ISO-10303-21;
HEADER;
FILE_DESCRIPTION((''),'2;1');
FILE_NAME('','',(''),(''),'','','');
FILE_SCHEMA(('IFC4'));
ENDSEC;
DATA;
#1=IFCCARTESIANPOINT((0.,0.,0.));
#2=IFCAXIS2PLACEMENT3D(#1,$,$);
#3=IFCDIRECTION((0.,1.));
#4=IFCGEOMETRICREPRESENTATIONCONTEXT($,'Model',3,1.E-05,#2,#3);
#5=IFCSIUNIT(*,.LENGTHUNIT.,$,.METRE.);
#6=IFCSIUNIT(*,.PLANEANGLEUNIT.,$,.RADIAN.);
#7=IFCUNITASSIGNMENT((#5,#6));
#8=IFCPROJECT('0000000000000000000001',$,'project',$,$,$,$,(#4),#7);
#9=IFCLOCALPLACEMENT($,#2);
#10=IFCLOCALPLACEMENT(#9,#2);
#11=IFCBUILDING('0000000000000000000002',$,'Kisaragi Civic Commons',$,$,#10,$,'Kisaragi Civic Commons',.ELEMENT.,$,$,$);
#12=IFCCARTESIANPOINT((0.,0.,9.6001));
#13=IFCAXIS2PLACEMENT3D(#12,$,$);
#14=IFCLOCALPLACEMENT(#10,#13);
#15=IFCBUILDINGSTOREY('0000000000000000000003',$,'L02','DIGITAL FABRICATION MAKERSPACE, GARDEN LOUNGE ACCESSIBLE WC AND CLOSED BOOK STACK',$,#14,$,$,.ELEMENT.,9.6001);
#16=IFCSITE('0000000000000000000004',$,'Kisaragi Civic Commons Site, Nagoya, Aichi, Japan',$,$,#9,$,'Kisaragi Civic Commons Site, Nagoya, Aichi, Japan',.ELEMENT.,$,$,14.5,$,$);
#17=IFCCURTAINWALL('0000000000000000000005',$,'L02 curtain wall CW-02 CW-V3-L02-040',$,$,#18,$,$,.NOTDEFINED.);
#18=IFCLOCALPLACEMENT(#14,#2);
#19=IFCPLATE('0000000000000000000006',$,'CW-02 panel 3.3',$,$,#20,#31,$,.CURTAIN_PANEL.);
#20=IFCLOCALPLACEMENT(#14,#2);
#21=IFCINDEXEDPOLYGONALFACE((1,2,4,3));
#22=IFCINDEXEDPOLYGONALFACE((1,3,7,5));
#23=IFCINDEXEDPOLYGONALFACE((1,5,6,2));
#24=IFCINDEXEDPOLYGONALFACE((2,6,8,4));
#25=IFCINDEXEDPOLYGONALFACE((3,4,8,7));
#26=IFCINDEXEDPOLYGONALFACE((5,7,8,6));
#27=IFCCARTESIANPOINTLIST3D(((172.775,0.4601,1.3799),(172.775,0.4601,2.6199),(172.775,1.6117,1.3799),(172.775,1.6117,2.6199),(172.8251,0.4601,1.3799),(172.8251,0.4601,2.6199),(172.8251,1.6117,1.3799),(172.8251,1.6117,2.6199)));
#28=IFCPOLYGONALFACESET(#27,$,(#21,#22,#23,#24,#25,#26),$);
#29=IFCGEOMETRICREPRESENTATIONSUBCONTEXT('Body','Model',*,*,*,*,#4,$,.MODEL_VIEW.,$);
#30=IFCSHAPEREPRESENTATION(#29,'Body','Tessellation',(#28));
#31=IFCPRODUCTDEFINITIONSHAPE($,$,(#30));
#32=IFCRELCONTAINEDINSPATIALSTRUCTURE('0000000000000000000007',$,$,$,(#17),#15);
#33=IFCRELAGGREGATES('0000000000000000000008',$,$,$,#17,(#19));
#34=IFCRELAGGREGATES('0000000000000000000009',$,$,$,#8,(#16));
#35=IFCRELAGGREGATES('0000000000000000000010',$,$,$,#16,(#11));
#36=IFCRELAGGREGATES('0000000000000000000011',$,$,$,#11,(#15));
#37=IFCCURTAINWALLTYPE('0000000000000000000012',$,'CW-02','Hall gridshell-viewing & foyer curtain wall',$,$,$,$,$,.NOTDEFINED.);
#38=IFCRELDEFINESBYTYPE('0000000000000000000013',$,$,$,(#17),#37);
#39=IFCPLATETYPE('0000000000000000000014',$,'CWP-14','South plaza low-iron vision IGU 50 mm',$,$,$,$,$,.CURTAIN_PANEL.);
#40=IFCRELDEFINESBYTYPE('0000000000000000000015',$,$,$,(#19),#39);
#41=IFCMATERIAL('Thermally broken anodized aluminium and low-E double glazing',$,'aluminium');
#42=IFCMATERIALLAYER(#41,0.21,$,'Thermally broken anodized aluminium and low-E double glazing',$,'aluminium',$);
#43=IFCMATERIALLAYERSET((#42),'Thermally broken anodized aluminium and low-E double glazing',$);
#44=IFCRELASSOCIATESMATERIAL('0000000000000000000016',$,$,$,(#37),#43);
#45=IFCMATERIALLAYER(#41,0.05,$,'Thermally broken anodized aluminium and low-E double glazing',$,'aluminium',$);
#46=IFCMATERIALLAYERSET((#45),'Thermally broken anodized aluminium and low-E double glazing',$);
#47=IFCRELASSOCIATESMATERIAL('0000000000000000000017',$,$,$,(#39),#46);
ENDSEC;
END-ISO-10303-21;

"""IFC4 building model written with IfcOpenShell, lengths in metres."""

from ifc_helpers import new_model, si_unit, direction, frame, origin, origin_2d, place, context, subcontext, project, spatial, rectangle, extrude, material, layer, layer_set, type_object, element, aggregate, save


model = new_model("IFC4")

# Units and contexts
model_context = context("Model", 3, precision=1e-05, world=origin(), true_north=direction((0.0, 1.0)))
body_context = subcontext(model_context, "Body", "Model", "MODEL_VIEW")
ifc_project = project(units=[si_unit("LENGTHUNIT", "METRE"), si_unit("PLANEANGLEUNIT", "RADIAN")], contexts=[model_context])

# Site, building, storey
site_placement = place(None, origin())
site = spatial("IfcSite", under=ifc_project, at=site_placement, Name="Kisaragi Civic Commons Site, Nagoya, Aichi, Japan", LongName="Kisaragi Civic Commons Site, Nagoya, Aichi, Japan", CompositionType="ELEMENT", RefElevation=14.5)
building_placement = place(site_placement, origin())
building = spatial("IfcBuilding", under=site, at=building_placement, Name="Kisaragi Civic Commons", LongName="Kisaragi Civic Commons", CompositionType="ELEMENT")
storey_placement = place(building_placement, frame((0.0, 0.0, 9.6001)))
storey = spatial("IfcBuildingStorey", under=building, at=storey_placement, Name="L02", Description="DIGITAL FABRICATION MAKERSPACE, GARDEN LOUNGE ACCESSIBLE WC AND CLOSED BOOK STACK", CompositionType="ELEMENT", Elevation=9.6001)

# Shared definitions
ifc_material_1 = material(Name="Thermally broken anodized aluminium and low-E double glazing", Category="aluminium")
ifc_layer_1 = layer(ifc_material_1, 0.21, Name="Thermally broken anodized aluminium and low-E double glazing", Category="aluminium")
ifc_layer_set_1 = layer_set([ifc_layer_1], Name="Thermally broken anodized aluminium and low-E double glazing")
curtain_wall_type = type_object("IfcCurtainWallType", Name="CW-02", Description="Hall gridshell-viewing & foyer curtain wall", PredefinedType="NOTDEFINED", material=ifc_layer_set_1)

# Curtain wall
curtain_wall_1_placement = place(storey_placement, origin())
curtain_wall_1 = element("IfcCurtainWall", 1, at=curtain_wall_1_placement, inside=storey, type_object=curtain_wall_type, Name="L02 curtain wall CW-02 CW-V3-L02-040", PredefinedType="NOTDEFINED")

# Plate
ifc_layer_2 = layer(ifc_material_1, 0.05, Name="Thermally broken anodized aluminium and low-E double glazing", Category="aluminium")
ifc_layer_set_2 = layer_set([ifc_layer_2], Name="Thermally broken anodized aluminium and low-E double glazing")
plate_type = type_object("IfcPlateType", Name="CWP-14", Description="South plaza low-iron vision IGU 50 mm", PredefinedType="CURTAIN_PANEL", material=ifc_layer_set_2)
plate_1_placement = place(storey_placement, frame((172.8, 1.0359, 1.3799), z_axis=(0.0, 0.0, 1.0), x_axis=(0.0, -1.0, 0.0)))
plate_1 = element("IfcPlate", 2, at=plate_1_placement, type_object=plate_type, Name="CW-02 panel 3.3", PredefinedType="CURTAIN_PANEL", context=body_context, shape_type="SweptSolid", body=[
    extrude(rectangle(XDim=1.1516, YDim=0.05, at=origin_2d()), origin(), (0.0, 0.0, 1.0), 1.24),
])
aggregate(curtain_wall_1, [plate_1])

save(model, "model.ifc")
